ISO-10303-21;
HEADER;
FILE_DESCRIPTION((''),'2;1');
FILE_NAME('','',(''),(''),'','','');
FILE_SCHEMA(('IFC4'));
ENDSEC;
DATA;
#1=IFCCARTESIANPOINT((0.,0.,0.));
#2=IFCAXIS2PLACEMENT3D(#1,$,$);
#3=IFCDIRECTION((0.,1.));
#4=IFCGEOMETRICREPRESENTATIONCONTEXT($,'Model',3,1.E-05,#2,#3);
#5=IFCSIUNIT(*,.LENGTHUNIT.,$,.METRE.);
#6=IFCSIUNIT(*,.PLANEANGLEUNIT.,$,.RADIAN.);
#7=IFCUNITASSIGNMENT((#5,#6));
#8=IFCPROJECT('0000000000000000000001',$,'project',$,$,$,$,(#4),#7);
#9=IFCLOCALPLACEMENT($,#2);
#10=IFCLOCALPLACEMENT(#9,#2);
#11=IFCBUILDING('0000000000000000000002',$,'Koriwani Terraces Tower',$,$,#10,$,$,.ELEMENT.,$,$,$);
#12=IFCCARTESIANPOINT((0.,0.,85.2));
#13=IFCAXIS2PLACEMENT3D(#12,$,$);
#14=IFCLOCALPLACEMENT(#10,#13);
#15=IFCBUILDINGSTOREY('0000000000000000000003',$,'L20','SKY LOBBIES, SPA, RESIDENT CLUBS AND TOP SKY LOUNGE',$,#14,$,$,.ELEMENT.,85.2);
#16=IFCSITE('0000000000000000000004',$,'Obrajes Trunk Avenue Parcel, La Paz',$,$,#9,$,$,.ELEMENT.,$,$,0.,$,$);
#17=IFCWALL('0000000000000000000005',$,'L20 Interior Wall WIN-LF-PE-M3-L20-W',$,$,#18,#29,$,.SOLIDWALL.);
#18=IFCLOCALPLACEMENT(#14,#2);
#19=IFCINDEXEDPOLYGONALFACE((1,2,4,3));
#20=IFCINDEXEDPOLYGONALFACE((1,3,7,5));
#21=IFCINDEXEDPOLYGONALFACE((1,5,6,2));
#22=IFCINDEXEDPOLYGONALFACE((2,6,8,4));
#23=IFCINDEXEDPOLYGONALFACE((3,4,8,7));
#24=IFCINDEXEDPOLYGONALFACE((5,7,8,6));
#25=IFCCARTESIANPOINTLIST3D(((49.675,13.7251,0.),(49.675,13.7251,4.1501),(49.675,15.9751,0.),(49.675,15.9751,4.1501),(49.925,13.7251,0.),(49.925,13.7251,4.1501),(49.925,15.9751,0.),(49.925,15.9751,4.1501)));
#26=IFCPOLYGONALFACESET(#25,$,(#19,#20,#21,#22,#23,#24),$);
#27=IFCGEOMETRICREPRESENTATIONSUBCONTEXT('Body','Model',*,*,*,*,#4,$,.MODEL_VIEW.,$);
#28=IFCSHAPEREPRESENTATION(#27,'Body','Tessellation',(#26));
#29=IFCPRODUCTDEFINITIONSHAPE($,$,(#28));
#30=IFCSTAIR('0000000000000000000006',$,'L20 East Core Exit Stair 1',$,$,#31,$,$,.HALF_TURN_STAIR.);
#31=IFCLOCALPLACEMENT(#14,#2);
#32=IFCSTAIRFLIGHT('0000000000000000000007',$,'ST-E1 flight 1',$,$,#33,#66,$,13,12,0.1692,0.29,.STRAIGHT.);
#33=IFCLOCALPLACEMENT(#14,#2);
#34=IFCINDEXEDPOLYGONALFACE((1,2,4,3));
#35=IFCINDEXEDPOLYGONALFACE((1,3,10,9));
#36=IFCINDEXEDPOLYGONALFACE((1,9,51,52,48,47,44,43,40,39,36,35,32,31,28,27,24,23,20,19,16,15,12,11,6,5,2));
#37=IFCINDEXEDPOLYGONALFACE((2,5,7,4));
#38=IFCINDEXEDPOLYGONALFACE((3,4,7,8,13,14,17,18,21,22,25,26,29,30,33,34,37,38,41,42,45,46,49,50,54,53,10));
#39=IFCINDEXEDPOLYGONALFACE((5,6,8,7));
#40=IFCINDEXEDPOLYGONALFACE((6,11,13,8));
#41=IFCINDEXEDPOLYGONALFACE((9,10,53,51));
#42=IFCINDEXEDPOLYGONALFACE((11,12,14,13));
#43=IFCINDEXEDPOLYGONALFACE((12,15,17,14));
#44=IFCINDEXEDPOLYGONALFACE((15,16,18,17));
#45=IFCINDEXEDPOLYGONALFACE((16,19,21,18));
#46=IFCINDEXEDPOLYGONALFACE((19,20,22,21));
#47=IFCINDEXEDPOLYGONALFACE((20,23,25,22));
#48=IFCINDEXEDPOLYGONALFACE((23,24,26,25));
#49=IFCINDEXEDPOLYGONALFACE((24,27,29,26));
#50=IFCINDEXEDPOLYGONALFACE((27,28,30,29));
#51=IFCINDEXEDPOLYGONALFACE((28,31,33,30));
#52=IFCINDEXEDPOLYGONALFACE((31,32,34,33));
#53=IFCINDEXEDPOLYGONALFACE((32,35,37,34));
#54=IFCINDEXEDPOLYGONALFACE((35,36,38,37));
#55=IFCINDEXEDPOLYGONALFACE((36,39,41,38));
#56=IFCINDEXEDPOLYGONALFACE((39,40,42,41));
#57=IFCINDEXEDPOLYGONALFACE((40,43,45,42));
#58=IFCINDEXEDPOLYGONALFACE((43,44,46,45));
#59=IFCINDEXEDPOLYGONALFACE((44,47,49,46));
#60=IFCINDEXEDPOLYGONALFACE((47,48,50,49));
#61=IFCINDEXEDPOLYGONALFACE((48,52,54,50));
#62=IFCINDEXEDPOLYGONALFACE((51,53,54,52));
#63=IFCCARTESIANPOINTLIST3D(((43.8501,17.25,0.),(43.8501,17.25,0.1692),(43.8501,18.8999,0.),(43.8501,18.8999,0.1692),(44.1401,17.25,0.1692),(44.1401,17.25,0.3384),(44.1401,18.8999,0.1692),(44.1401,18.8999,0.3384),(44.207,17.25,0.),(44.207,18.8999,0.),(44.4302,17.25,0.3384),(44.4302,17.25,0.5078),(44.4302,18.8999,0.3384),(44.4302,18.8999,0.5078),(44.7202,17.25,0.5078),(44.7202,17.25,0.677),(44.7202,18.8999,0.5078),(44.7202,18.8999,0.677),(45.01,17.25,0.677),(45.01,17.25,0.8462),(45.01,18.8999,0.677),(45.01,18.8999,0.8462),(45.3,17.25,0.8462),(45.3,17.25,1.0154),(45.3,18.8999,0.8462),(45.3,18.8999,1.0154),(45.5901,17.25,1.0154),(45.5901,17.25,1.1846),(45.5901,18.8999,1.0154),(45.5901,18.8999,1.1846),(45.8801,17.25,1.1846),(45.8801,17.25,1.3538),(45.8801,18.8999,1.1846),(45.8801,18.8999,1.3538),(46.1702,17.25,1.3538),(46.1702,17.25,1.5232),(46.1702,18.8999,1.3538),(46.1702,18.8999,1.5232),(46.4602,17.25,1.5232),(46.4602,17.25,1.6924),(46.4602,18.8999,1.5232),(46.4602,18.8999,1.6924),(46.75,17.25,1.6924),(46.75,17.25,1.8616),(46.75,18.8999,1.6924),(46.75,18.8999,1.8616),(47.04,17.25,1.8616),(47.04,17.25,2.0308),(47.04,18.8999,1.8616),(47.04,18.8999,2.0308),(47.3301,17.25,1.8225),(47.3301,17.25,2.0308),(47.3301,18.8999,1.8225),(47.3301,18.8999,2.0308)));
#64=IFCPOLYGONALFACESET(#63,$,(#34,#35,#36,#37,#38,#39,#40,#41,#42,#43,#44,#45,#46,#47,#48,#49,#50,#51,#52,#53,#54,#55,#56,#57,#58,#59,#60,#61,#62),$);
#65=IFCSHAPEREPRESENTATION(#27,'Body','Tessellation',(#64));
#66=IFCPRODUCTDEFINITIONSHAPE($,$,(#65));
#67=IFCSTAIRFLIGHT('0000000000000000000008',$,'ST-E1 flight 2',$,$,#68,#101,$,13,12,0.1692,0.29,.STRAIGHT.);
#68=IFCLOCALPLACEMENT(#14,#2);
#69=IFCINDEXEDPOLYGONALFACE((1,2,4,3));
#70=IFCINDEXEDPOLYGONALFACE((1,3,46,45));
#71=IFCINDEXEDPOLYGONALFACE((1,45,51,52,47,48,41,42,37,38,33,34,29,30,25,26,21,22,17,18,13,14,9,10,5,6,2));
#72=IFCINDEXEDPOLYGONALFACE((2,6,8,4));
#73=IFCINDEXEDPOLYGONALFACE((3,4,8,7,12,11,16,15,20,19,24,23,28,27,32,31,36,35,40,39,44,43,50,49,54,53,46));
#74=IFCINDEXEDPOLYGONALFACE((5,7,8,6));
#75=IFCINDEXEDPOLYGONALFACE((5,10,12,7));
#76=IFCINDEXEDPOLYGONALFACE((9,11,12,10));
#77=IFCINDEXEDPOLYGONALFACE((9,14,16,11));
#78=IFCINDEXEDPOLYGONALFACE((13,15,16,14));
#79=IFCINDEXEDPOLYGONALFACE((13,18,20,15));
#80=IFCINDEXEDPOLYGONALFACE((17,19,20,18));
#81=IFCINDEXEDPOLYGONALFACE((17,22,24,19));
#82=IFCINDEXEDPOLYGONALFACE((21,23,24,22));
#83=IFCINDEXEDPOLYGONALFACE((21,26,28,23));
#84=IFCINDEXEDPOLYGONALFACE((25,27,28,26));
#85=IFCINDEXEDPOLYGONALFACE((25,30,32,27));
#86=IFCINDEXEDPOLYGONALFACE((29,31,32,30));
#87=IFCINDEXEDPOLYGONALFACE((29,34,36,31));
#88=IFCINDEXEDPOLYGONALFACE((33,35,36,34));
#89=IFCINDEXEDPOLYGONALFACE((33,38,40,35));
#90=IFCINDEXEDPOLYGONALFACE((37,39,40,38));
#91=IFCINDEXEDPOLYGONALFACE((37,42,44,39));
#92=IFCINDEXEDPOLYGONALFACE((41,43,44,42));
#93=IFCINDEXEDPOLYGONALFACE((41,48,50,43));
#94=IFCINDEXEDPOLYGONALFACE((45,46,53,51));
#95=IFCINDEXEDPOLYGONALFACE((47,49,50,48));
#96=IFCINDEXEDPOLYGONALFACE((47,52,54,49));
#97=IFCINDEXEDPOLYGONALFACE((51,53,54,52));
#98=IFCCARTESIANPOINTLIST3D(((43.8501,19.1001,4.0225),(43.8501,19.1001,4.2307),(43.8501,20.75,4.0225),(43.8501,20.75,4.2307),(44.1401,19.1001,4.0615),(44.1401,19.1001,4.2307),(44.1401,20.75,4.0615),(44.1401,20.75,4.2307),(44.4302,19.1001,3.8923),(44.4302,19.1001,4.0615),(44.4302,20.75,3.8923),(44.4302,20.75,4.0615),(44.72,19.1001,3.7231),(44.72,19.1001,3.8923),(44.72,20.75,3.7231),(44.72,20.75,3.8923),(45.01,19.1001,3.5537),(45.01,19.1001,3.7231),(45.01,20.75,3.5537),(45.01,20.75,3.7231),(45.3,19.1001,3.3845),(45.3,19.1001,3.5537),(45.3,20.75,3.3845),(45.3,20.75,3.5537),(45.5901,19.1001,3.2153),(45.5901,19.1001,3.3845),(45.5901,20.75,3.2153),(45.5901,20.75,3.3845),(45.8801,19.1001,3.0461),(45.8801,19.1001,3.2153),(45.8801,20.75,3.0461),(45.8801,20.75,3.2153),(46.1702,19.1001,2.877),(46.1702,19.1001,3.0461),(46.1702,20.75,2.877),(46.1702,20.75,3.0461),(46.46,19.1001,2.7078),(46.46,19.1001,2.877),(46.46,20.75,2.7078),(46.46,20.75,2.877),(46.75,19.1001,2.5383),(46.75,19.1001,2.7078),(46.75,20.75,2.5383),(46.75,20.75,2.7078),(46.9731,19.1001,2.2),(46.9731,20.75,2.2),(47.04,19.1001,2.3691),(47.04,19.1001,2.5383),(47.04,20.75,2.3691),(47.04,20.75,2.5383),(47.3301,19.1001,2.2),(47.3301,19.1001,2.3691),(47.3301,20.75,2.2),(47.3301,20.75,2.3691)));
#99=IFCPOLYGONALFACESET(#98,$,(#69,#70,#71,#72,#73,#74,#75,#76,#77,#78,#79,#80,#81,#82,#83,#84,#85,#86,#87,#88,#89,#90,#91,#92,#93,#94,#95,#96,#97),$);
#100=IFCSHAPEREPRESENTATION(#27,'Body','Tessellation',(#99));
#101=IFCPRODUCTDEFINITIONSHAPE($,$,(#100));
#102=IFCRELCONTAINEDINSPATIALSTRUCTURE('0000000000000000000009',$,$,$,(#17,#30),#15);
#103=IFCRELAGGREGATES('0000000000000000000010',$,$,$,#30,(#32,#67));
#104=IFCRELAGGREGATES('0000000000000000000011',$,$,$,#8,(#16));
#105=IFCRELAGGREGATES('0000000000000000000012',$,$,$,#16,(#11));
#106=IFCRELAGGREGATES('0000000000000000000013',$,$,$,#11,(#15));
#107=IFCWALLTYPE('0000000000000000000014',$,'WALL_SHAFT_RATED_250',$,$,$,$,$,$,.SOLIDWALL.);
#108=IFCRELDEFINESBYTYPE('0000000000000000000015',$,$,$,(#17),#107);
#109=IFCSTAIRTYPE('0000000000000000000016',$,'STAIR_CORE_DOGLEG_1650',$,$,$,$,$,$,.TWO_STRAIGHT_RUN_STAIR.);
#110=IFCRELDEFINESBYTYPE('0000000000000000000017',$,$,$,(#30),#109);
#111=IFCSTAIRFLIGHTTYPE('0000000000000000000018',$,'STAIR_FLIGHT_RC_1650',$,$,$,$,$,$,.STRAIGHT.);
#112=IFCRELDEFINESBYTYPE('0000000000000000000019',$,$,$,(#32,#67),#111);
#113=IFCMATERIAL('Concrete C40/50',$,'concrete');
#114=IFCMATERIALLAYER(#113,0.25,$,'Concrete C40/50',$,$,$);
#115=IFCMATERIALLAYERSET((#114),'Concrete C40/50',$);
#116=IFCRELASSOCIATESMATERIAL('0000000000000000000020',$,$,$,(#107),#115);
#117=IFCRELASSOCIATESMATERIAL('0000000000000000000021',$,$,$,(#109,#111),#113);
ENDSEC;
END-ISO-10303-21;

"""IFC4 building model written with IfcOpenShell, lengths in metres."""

from ifc_helpers import new_model, si_unit, direction, frame, frame_2d, origin, place, context, subcontext, project, spatial, polyline, rectangle, outline, extrude, material, layer, layer_set, type_object, element, aggregate, save


model = new_model("IFC4")

# Units and contexts
model_context = context("Model", 3, precision=1e-05, world=origin(), true_north=direction((0.0, 1.0)))
body_context = subcontext(model_context, "Body", "Model", "MODEL_VIEW")
ifc_project = project(units=[si_unit("LENGTHUNIT", "METRE"), si_unit("PLANEANGLEUNIT", "RADIAN")], contexts=[model_context])

# Site, building, storey
site_placement = place(None, origin())
site = spatial("IfcSite", under=ifc_project, at=site_placement, Name="Obrajes Trunk Avenue Parcel, La Paz", CompositionType="ELEMENT", RefElevation=0.0)
building_placement = place(site_placement, origin())
building = spatial("IfcBuilding", under=site, at=building_placement, Name="Koriwani Terraces Tower", CompositionType="ELEMENT")
storey_placement = place(building_placement, frame((0.0, 0.0, 85.2)))
storey = spatial("IfcBuildingStorey", under=building, at=storey_placement, Name="L20", Description="SKY LOBBIES, SPA, RESIDENT CLUBS AND TOP SKY LOUNGE", CompositionType="ELEMENT", Elevation=85.2)

# Shared definitions
ifc_material_1 = material(Name="Concrete C40/50", Category="concrete")

# Shared definitions
ifc_layer_1 = layer(ifc_material_1, 0.25, Name="Concrete C40/50")
ifc_layer_set_1 = layer_set([ifc_layer_1], Name="Concrete C40/50")
wall_type_1 = type_object("IfcWallType", Name="WALL_SHAFT_RATED_250", PredefinedType="SOLIDWALL", material=ifc_layer_set_1)

# Wall
for number, where, z_axis, x_axis, name in (
    (1, (49.8, 13.7251, 0.0), (0.0, 0.0, 1.0), (0.0, 1.0, 0.0), "L20 Interior Wall WIN-LF-PE-M3-L20-W"),
):
    element("IfcWall", number, at=place(storey_placement, frame(where, z_axis=z_axis, x_axis=x_axis)), inside=storey, type_object=wall_type_1, Name=name, PredefinedType="SOLIDWALL", context=body_context, shape_type="SweptSolid", body=[
        extrude(rectangle(XDim=2.25, YDim=0.25, at=frame_2d((1.125, 0.0))), origin(), (0.0, 0.0, 1.0), 4.1501),
    ])

# Stair, stair flights
stair_type = type_object("IfcStairType", Name="STAIR_CORE_DOGLEG_1650", PredefinedType="TWO_STRAIGHT_RUN_STAIR", material=ifc_material_1)
stair_placement = place(storey_placement, origin())
stair = element("IfcStair", 2, at=stair_placement, inside=storey, type_object=stair_type, Name="L20 East Core Exit Stair 1", PredefinedType="HALF_TURN_STAIR")
stair_flight_type = type_object("IfcStairFlightType", Name="STAIR_FLIGHT_RC_1650", PredefinedType="STRAIGHT", material=ifc_material_1)
stair_flight_1_placement = place(storey_placement, frame((43.8501, 18.075, 0.0), z_axis=(0.0, 0.0, 1.0), x_axis=(1.0, 0.0, 0.0)))
stair_flight_1 = element("IfcStairFlight", 3, at=stair_flight_1_placement, type_object=stair_flight_type, Name="ST-E1 flight 1", NumberOfRisers=13, NumberOfTreads=12, PredefinedType="STRAIGHT", RiserHeight=0.1692, TreadLength=0.29, context=body_context, shape_type="SweptSolid", body=[
    extrude(outline(polyline([(0.0, 0.0), (0.0, 0.1692), (0.29, 0.1692), (0.29, 0.3384), (0.5801, 0.3384), (0.5801, 0.5078), (0.8701, 0.5078), (0.8701, 0.677), (1.1599, 0.677), (1.1599, 0.8462), (1.45, 0.8462), (1.45, 1.0154), (1.74, 1.0154), (1.74, 1.1846), (2.03, 1.1846), (2.03, 1.3538), (2.3201, 1.3538), (2.3201, 1.5232), (2.6101, 1.5232), (2.6101, 1.6924), (2.8999, 1.6924), (2.8999, 1.8616), (3.1899, 1.8616), (3.1899, 2.0308), (3.48, 2.0308), (3.48, 2.2), (3.48, 1.8225), (0.3569, 0.0), (0.0, 0.0)])), frame((0.0, 0.825, 0.0), z_axis=(0.0, -1.0, 0.0), x_axis=(1.0, 0.0, 0.0)), (0.0, 0.0, 1.0), 1.6499),
])
stair_flight_2_placement = place(storey_placement, frame((47.3301, 19.925, 2.2), z_axis=(0.0, 0.0, 1.0), x_axis=(-1.0, 0.0, 0.0)))
stair_flight_2 = element("IfcStairFlight", 4, at=stair_flight_2_placement, type_object=stair_flight_type, Name="ST-E1 flight 2", NumberOfRisers=13, NumberOfTreads=12, PredefinedType="STRAIGHT", RiserHeight=0.1692, TreadLength=0.29, context=body_context, shape_type="SweptSolid", body=[
    extrude(outline(polyline([(0.0, 0.0), (0.0, 0.1692), (0.29, 0.1692), (0.29, 0.3384), (0.5801, 0.3384), (0.5801, 0.5078), (0.8701, 0.5078), (0.8701, 0.677), (1.1599, 0.677), (1.1599, 0.8462), (1.45, 0.8462), (1.45, 1.0154), (1.74, 1.0154), (1.74, 1.1846), (2.03, 1.1846), (2.03, 1.3538), (2.3201, 1.3538), (2.3201, 1.5232), (2.6101, 1.5232), (2.6101, 1.6924), (2.8999, 1.6924), (2.8999, 1.8616), (3.1899, 1.8616), (3.1899, 2.0308), (3.48, 2.0308), (3.48, 2.2), (3.48, 1.8225), (0.3569, 0.0), (0.0, 0.0)])), frame((0.0, 0.825, 0.0), z_axis=(0.0, -1.0, 0.0), x_axis=(1.0, 0.0, 0.0)), (0.0, 0.0, 1.0), 1.6499),
])
aggregate(stair, [stair_flight_1, stair_flight_2])

save(model, "model.ifc")
